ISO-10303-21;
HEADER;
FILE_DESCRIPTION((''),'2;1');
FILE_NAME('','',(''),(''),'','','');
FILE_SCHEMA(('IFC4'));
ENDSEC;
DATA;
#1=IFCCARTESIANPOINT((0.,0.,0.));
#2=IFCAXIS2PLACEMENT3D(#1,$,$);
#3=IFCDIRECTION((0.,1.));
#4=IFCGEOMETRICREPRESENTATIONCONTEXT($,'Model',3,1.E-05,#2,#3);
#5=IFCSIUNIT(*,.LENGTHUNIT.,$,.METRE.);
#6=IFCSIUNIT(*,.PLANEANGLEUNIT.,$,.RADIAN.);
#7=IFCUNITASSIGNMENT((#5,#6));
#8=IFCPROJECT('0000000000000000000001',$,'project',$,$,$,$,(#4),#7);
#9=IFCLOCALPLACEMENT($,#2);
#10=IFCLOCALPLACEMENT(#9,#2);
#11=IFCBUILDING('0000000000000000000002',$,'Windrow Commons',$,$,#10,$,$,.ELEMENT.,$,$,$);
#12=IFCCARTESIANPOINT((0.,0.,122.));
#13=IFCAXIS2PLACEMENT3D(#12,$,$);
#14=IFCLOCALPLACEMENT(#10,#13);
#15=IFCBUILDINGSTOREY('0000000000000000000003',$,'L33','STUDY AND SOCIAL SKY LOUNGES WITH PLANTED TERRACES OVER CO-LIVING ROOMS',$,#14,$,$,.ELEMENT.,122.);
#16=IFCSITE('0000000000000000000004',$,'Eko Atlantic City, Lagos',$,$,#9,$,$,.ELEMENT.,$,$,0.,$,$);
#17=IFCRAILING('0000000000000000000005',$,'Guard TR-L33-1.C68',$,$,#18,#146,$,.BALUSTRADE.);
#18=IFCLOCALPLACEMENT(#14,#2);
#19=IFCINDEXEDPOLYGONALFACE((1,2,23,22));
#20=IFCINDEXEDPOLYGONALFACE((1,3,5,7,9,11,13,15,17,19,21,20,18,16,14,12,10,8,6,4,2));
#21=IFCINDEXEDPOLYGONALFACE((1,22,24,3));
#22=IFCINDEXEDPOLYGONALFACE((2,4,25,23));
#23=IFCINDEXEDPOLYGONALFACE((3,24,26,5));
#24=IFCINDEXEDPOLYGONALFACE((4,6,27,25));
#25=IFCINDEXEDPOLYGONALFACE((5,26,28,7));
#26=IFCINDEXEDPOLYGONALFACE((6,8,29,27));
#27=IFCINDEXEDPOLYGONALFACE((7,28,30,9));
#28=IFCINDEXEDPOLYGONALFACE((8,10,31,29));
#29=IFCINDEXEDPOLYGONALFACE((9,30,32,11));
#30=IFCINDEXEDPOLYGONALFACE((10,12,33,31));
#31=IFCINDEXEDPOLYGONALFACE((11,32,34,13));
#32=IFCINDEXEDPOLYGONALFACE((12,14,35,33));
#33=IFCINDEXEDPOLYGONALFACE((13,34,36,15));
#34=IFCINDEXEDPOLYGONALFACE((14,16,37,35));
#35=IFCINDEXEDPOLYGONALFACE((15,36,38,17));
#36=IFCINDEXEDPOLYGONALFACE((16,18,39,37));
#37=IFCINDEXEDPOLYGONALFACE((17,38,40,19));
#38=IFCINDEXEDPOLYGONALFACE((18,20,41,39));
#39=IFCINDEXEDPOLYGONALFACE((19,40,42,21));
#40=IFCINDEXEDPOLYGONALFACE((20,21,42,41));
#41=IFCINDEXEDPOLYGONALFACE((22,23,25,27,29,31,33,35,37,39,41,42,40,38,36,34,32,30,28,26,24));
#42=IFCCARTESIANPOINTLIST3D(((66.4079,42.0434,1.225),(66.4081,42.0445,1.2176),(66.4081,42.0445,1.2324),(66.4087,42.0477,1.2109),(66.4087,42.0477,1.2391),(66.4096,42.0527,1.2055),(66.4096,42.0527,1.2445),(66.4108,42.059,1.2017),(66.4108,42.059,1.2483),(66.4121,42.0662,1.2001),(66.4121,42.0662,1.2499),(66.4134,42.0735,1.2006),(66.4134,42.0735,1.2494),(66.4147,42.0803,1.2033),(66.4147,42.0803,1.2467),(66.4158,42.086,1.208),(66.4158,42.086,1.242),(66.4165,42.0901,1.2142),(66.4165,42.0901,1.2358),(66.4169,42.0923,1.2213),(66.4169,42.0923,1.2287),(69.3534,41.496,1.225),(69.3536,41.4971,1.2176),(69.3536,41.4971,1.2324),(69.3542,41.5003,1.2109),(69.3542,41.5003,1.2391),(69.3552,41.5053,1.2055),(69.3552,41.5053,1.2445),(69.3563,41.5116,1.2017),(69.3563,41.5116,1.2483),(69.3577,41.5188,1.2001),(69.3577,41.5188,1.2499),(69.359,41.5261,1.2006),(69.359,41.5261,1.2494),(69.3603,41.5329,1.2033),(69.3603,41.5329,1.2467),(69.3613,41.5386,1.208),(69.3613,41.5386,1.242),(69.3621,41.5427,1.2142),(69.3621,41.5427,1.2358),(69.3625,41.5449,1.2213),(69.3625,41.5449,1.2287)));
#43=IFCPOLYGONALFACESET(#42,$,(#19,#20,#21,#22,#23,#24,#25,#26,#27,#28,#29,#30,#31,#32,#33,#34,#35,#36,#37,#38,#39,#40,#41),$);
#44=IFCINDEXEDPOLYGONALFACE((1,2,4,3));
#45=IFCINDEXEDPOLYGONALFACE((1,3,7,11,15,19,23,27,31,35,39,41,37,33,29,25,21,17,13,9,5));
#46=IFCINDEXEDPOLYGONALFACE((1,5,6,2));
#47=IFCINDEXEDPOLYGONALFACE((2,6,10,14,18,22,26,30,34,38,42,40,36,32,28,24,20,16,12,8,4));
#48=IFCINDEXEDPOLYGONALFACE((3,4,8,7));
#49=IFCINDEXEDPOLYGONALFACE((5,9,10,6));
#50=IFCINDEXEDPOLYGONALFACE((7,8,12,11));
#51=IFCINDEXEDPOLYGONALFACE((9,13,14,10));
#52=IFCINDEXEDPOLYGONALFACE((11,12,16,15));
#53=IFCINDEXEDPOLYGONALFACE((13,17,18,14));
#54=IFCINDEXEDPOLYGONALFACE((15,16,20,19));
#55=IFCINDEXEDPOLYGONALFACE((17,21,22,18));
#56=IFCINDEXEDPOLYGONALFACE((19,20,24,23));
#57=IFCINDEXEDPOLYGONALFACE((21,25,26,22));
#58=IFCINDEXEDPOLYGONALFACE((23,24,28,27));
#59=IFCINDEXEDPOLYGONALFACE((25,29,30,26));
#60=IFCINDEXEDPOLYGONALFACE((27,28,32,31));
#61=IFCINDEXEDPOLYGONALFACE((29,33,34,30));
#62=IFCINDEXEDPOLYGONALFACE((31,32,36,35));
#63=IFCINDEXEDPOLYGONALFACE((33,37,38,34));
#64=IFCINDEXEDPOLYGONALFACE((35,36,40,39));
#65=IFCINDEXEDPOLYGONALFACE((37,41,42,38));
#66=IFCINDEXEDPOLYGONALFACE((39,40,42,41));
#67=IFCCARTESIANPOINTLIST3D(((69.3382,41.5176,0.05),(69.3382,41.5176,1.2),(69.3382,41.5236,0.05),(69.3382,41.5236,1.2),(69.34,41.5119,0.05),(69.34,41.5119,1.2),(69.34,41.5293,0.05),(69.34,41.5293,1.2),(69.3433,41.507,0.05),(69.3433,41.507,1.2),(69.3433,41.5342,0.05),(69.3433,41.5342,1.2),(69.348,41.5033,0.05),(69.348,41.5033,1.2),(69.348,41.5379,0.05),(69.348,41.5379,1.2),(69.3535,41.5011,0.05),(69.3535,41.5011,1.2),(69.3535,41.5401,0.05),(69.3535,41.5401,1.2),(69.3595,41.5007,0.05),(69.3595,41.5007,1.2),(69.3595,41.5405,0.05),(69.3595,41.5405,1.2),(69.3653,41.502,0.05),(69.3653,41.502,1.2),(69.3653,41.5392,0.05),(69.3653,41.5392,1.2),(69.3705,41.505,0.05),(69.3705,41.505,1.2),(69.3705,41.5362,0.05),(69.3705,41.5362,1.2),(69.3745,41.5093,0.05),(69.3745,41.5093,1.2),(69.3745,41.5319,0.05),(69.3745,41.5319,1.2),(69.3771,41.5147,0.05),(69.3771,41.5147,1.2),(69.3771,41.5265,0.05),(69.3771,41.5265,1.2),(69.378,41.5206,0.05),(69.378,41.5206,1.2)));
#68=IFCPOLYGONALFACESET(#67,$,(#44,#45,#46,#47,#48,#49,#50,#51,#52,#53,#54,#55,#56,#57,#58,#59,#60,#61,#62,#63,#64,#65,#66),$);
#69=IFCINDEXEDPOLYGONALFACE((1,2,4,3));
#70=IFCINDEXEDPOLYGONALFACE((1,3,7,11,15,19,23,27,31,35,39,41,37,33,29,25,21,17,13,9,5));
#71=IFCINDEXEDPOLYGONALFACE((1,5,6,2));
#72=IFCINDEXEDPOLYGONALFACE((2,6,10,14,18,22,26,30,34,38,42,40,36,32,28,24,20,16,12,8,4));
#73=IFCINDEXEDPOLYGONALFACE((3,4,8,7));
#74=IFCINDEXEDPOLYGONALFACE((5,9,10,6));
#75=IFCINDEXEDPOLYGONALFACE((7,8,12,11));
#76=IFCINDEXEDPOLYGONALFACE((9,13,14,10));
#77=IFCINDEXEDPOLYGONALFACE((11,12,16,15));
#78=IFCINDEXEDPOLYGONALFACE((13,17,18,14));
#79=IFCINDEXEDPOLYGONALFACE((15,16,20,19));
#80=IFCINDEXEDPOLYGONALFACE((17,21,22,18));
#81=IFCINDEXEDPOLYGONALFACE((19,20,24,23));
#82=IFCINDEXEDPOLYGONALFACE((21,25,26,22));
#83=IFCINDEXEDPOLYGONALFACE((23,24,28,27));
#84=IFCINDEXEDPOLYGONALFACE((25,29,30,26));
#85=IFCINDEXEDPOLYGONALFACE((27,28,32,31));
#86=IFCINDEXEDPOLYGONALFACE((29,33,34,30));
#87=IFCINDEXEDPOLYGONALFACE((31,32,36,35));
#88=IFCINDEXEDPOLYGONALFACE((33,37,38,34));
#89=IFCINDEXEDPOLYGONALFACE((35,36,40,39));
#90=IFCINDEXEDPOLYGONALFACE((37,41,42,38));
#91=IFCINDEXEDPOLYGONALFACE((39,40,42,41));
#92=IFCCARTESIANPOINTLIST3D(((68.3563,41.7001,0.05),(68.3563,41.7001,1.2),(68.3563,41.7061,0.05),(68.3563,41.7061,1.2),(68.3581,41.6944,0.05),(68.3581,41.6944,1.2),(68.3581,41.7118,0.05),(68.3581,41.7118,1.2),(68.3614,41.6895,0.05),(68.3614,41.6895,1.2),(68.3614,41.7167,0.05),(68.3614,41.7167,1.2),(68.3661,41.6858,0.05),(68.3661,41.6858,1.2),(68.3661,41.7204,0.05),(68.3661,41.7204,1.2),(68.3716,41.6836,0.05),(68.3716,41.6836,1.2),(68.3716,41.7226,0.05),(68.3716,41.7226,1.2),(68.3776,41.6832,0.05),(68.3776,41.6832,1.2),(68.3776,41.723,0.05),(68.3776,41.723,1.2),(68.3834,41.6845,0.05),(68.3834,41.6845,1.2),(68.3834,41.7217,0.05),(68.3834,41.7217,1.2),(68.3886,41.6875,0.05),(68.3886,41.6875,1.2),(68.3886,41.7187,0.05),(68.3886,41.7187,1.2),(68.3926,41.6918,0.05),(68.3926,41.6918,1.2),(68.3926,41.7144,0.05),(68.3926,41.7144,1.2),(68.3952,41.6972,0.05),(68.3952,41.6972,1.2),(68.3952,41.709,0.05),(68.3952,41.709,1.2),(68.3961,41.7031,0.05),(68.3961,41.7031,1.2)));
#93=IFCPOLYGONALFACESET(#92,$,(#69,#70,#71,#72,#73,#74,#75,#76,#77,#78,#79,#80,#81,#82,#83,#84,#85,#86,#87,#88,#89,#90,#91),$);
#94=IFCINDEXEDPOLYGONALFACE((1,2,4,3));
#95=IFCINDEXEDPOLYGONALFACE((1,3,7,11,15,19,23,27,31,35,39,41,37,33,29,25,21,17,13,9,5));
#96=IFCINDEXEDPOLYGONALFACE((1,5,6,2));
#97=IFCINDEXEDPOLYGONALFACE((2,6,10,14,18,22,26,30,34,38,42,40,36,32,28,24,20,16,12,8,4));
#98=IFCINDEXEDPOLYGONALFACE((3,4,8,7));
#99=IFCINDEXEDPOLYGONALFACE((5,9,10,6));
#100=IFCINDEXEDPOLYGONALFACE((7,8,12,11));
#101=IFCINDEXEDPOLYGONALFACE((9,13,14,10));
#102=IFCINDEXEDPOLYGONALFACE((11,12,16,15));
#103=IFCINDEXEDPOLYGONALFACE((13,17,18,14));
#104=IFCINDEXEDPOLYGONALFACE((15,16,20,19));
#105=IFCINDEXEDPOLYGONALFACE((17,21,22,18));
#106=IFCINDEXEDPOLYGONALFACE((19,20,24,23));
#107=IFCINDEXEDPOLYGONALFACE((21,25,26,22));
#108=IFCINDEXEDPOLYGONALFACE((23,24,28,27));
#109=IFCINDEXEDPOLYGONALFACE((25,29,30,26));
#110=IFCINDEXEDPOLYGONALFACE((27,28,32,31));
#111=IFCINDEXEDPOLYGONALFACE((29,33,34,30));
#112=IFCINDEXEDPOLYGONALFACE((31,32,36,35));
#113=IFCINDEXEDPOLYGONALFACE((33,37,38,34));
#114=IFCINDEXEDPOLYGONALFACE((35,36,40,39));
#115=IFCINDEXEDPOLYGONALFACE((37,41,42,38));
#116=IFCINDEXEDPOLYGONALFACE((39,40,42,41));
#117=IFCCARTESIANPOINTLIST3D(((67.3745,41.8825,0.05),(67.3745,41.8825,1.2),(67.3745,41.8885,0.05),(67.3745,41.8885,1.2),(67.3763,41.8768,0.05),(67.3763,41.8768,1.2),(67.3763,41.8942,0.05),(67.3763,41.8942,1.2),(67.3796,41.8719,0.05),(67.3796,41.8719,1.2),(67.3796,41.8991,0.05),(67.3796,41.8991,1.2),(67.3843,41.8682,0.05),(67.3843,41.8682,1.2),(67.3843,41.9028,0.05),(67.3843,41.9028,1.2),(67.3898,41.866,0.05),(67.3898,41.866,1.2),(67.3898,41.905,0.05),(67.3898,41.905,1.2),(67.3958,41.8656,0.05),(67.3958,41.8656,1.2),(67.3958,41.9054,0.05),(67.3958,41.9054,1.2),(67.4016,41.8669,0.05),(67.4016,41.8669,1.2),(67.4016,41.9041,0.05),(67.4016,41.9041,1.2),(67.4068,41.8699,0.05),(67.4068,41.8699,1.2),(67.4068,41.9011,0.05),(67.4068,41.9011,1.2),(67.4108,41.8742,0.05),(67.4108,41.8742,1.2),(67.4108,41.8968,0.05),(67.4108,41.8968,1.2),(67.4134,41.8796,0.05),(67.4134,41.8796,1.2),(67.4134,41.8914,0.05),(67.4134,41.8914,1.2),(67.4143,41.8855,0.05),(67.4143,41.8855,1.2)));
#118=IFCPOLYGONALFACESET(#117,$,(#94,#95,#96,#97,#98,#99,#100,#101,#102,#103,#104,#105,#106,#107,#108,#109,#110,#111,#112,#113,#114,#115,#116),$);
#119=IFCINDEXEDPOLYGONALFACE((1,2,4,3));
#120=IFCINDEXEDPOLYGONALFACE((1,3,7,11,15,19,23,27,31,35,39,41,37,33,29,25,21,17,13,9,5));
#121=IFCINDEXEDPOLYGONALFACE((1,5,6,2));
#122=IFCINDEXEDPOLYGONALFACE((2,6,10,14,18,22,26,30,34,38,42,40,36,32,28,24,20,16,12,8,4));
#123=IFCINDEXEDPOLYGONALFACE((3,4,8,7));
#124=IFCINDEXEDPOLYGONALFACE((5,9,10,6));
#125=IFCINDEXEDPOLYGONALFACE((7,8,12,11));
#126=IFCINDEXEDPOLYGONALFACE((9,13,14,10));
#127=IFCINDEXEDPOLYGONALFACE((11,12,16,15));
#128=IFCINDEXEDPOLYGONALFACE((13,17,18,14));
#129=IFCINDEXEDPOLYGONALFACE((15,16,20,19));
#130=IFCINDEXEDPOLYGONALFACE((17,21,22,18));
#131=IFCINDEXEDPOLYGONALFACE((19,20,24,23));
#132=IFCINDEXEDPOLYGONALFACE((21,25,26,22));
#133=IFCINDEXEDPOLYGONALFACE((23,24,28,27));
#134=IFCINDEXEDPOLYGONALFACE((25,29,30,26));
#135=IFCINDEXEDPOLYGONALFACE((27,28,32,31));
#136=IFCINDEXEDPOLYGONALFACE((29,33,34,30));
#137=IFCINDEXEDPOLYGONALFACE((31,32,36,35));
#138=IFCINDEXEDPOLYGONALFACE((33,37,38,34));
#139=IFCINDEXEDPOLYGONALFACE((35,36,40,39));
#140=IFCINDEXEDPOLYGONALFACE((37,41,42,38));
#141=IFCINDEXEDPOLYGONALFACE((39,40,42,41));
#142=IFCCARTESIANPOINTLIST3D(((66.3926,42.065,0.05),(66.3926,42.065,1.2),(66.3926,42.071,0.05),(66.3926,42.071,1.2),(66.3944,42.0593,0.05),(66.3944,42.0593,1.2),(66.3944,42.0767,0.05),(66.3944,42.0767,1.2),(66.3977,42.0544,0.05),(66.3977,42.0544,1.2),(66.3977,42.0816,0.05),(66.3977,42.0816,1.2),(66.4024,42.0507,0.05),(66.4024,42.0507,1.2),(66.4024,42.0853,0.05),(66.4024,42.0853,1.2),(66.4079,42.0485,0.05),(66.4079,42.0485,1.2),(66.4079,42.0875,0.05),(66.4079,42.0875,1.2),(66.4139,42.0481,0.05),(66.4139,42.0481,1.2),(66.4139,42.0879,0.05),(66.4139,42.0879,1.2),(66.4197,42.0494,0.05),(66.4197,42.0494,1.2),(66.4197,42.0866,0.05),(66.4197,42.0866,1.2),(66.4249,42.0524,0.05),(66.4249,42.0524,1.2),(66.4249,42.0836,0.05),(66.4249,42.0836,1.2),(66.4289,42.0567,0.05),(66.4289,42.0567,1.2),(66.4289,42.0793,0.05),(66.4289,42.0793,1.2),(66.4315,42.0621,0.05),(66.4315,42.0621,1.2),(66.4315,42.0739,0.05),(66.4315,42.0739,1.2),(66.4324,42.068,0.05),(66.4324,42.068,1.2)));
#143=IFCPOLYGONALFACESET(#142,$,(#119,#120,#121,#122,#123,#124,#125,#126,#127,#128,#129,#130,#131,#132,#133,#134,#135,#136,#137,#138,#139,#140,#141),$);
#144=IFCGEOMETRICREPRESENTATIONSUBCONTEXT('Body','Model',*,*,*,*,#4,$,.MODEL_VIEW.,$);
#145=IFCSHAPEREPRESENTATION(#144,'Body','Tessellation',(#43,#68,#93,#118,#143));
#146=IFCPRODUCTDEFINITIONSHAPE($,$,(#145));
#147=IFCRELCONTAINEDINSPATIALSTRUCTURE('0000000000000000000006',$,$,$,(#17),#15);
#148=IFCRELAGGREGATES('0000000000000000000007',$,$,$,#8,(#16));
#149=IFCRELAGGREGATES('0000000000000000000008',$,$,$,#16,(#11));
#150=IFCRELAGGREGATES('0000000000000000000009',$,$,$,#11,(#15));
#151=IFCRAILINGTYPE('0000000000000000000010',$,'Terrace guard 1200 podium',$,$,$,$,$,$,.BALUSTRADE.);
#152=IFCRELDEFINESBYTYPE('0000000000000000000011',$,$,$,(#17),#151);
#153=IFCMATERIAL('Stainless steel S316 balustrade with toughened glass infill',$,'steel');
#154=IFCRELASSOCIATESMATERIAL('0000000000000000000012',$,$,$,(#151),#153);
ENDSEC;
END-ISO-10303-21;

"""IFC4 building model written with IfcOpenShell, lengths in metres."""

from ifc_helpers import new_model, si_unit, direction, frame, origin, origin_2d, place, context, subcontext, project, spatial, circle, extrude, material, type_object, element, save


model = new_model("IFC4")

# Units and contexts
model_context = context("Model", 3, precision=1e-05, world=origin(), true_north=direction((0.0, 1.0)))
body_context = subcontext(model_context, "Body", "Model", "MODEL_VIEW")
ifc_project = project(units=[si_unit("LENGTHUNIT", "METRE"), si_unit("PLANEANGLEUNIT", "RADIAN")], contexts=[model_context])

# Site, building, storey
site_placement = place(None, origin())
site = spatial("IfcSite", under=ifc_project, at=site_placement, Name="Eko Atlantic City, Lagos", CompositionType="ELEMENT", RefElevation=0.0)
building_placement = place(site_placement, origin())
building = spatial("IfcBuilding", under=site, at=building_placement, Name="Windrow Commons", CompositionType="ELEMENT")
storey_placement = place(building_placement, frame((0.0, 0.0, 122.0)))
storey = spatial("IfcBuildingStorey", under=building, at=storey_placement, Name="L33", Description="STUDY AND SOCIAL SKY LOUNGES WITH PLANTED TERRACES OVER CO-LIVING ROOMS", CompositionType="ELEMENT", Elevation=122.0)

# Railing
ifc_material_1 = material(Name="Stainless steel S316 balustrade with toughened glass infill", Category="steel")
railing_type_1 = type_object("IfcRailingType", Name="Terrace guard 1200 podium", PredefinedType="BALUSTRADE", material=ifc_material_1)
railing_1_placement = place(storey_placement, frame((69.358, 41.5206, 0.05)))
element("IfcRailing", 1, at=railing_1_placement, inside=storey, type_object=railing_type_1, Name="Guard TR-L33-1.C68", PredefinedType="BALUSTRADE", context=body_context, shape_type="SweptSolid", body=[
    extrude(circle(Radius=0.025, at=origin_2d()), frame((0.0, 0.0, 1.175), z_axis=(-0.983167, 0.182708, 0.0), x_axis=(-0.182708, -0.983167, 0.0)), (0.0, 0.0, 1.0), 2.996),
    extrude(circle(Radius=0.02, at=origin_2d()), origin(), (0.0, 0.0, 1.0), 1.15),
    extrude(circle(Radius=0.02, at=origin_2d()), frame((-0.9819, 0.1825, 0.0)), (0.0, 0.0, 1.0), 1.15),
    extrude(circle(Radius=0.02, at=origin_2d()), frame((-1.9637, 0.3649, 0.0)), (0.0, 0.0, 1.0), 1.15),
    extrude(circle(Radius=0.02, at=origin_2d()), frame((-2.9456, 0.5474, 0.0)), (0.0, 0.0, 1.0), 1.15),
])

save(model, "model.ifc")
